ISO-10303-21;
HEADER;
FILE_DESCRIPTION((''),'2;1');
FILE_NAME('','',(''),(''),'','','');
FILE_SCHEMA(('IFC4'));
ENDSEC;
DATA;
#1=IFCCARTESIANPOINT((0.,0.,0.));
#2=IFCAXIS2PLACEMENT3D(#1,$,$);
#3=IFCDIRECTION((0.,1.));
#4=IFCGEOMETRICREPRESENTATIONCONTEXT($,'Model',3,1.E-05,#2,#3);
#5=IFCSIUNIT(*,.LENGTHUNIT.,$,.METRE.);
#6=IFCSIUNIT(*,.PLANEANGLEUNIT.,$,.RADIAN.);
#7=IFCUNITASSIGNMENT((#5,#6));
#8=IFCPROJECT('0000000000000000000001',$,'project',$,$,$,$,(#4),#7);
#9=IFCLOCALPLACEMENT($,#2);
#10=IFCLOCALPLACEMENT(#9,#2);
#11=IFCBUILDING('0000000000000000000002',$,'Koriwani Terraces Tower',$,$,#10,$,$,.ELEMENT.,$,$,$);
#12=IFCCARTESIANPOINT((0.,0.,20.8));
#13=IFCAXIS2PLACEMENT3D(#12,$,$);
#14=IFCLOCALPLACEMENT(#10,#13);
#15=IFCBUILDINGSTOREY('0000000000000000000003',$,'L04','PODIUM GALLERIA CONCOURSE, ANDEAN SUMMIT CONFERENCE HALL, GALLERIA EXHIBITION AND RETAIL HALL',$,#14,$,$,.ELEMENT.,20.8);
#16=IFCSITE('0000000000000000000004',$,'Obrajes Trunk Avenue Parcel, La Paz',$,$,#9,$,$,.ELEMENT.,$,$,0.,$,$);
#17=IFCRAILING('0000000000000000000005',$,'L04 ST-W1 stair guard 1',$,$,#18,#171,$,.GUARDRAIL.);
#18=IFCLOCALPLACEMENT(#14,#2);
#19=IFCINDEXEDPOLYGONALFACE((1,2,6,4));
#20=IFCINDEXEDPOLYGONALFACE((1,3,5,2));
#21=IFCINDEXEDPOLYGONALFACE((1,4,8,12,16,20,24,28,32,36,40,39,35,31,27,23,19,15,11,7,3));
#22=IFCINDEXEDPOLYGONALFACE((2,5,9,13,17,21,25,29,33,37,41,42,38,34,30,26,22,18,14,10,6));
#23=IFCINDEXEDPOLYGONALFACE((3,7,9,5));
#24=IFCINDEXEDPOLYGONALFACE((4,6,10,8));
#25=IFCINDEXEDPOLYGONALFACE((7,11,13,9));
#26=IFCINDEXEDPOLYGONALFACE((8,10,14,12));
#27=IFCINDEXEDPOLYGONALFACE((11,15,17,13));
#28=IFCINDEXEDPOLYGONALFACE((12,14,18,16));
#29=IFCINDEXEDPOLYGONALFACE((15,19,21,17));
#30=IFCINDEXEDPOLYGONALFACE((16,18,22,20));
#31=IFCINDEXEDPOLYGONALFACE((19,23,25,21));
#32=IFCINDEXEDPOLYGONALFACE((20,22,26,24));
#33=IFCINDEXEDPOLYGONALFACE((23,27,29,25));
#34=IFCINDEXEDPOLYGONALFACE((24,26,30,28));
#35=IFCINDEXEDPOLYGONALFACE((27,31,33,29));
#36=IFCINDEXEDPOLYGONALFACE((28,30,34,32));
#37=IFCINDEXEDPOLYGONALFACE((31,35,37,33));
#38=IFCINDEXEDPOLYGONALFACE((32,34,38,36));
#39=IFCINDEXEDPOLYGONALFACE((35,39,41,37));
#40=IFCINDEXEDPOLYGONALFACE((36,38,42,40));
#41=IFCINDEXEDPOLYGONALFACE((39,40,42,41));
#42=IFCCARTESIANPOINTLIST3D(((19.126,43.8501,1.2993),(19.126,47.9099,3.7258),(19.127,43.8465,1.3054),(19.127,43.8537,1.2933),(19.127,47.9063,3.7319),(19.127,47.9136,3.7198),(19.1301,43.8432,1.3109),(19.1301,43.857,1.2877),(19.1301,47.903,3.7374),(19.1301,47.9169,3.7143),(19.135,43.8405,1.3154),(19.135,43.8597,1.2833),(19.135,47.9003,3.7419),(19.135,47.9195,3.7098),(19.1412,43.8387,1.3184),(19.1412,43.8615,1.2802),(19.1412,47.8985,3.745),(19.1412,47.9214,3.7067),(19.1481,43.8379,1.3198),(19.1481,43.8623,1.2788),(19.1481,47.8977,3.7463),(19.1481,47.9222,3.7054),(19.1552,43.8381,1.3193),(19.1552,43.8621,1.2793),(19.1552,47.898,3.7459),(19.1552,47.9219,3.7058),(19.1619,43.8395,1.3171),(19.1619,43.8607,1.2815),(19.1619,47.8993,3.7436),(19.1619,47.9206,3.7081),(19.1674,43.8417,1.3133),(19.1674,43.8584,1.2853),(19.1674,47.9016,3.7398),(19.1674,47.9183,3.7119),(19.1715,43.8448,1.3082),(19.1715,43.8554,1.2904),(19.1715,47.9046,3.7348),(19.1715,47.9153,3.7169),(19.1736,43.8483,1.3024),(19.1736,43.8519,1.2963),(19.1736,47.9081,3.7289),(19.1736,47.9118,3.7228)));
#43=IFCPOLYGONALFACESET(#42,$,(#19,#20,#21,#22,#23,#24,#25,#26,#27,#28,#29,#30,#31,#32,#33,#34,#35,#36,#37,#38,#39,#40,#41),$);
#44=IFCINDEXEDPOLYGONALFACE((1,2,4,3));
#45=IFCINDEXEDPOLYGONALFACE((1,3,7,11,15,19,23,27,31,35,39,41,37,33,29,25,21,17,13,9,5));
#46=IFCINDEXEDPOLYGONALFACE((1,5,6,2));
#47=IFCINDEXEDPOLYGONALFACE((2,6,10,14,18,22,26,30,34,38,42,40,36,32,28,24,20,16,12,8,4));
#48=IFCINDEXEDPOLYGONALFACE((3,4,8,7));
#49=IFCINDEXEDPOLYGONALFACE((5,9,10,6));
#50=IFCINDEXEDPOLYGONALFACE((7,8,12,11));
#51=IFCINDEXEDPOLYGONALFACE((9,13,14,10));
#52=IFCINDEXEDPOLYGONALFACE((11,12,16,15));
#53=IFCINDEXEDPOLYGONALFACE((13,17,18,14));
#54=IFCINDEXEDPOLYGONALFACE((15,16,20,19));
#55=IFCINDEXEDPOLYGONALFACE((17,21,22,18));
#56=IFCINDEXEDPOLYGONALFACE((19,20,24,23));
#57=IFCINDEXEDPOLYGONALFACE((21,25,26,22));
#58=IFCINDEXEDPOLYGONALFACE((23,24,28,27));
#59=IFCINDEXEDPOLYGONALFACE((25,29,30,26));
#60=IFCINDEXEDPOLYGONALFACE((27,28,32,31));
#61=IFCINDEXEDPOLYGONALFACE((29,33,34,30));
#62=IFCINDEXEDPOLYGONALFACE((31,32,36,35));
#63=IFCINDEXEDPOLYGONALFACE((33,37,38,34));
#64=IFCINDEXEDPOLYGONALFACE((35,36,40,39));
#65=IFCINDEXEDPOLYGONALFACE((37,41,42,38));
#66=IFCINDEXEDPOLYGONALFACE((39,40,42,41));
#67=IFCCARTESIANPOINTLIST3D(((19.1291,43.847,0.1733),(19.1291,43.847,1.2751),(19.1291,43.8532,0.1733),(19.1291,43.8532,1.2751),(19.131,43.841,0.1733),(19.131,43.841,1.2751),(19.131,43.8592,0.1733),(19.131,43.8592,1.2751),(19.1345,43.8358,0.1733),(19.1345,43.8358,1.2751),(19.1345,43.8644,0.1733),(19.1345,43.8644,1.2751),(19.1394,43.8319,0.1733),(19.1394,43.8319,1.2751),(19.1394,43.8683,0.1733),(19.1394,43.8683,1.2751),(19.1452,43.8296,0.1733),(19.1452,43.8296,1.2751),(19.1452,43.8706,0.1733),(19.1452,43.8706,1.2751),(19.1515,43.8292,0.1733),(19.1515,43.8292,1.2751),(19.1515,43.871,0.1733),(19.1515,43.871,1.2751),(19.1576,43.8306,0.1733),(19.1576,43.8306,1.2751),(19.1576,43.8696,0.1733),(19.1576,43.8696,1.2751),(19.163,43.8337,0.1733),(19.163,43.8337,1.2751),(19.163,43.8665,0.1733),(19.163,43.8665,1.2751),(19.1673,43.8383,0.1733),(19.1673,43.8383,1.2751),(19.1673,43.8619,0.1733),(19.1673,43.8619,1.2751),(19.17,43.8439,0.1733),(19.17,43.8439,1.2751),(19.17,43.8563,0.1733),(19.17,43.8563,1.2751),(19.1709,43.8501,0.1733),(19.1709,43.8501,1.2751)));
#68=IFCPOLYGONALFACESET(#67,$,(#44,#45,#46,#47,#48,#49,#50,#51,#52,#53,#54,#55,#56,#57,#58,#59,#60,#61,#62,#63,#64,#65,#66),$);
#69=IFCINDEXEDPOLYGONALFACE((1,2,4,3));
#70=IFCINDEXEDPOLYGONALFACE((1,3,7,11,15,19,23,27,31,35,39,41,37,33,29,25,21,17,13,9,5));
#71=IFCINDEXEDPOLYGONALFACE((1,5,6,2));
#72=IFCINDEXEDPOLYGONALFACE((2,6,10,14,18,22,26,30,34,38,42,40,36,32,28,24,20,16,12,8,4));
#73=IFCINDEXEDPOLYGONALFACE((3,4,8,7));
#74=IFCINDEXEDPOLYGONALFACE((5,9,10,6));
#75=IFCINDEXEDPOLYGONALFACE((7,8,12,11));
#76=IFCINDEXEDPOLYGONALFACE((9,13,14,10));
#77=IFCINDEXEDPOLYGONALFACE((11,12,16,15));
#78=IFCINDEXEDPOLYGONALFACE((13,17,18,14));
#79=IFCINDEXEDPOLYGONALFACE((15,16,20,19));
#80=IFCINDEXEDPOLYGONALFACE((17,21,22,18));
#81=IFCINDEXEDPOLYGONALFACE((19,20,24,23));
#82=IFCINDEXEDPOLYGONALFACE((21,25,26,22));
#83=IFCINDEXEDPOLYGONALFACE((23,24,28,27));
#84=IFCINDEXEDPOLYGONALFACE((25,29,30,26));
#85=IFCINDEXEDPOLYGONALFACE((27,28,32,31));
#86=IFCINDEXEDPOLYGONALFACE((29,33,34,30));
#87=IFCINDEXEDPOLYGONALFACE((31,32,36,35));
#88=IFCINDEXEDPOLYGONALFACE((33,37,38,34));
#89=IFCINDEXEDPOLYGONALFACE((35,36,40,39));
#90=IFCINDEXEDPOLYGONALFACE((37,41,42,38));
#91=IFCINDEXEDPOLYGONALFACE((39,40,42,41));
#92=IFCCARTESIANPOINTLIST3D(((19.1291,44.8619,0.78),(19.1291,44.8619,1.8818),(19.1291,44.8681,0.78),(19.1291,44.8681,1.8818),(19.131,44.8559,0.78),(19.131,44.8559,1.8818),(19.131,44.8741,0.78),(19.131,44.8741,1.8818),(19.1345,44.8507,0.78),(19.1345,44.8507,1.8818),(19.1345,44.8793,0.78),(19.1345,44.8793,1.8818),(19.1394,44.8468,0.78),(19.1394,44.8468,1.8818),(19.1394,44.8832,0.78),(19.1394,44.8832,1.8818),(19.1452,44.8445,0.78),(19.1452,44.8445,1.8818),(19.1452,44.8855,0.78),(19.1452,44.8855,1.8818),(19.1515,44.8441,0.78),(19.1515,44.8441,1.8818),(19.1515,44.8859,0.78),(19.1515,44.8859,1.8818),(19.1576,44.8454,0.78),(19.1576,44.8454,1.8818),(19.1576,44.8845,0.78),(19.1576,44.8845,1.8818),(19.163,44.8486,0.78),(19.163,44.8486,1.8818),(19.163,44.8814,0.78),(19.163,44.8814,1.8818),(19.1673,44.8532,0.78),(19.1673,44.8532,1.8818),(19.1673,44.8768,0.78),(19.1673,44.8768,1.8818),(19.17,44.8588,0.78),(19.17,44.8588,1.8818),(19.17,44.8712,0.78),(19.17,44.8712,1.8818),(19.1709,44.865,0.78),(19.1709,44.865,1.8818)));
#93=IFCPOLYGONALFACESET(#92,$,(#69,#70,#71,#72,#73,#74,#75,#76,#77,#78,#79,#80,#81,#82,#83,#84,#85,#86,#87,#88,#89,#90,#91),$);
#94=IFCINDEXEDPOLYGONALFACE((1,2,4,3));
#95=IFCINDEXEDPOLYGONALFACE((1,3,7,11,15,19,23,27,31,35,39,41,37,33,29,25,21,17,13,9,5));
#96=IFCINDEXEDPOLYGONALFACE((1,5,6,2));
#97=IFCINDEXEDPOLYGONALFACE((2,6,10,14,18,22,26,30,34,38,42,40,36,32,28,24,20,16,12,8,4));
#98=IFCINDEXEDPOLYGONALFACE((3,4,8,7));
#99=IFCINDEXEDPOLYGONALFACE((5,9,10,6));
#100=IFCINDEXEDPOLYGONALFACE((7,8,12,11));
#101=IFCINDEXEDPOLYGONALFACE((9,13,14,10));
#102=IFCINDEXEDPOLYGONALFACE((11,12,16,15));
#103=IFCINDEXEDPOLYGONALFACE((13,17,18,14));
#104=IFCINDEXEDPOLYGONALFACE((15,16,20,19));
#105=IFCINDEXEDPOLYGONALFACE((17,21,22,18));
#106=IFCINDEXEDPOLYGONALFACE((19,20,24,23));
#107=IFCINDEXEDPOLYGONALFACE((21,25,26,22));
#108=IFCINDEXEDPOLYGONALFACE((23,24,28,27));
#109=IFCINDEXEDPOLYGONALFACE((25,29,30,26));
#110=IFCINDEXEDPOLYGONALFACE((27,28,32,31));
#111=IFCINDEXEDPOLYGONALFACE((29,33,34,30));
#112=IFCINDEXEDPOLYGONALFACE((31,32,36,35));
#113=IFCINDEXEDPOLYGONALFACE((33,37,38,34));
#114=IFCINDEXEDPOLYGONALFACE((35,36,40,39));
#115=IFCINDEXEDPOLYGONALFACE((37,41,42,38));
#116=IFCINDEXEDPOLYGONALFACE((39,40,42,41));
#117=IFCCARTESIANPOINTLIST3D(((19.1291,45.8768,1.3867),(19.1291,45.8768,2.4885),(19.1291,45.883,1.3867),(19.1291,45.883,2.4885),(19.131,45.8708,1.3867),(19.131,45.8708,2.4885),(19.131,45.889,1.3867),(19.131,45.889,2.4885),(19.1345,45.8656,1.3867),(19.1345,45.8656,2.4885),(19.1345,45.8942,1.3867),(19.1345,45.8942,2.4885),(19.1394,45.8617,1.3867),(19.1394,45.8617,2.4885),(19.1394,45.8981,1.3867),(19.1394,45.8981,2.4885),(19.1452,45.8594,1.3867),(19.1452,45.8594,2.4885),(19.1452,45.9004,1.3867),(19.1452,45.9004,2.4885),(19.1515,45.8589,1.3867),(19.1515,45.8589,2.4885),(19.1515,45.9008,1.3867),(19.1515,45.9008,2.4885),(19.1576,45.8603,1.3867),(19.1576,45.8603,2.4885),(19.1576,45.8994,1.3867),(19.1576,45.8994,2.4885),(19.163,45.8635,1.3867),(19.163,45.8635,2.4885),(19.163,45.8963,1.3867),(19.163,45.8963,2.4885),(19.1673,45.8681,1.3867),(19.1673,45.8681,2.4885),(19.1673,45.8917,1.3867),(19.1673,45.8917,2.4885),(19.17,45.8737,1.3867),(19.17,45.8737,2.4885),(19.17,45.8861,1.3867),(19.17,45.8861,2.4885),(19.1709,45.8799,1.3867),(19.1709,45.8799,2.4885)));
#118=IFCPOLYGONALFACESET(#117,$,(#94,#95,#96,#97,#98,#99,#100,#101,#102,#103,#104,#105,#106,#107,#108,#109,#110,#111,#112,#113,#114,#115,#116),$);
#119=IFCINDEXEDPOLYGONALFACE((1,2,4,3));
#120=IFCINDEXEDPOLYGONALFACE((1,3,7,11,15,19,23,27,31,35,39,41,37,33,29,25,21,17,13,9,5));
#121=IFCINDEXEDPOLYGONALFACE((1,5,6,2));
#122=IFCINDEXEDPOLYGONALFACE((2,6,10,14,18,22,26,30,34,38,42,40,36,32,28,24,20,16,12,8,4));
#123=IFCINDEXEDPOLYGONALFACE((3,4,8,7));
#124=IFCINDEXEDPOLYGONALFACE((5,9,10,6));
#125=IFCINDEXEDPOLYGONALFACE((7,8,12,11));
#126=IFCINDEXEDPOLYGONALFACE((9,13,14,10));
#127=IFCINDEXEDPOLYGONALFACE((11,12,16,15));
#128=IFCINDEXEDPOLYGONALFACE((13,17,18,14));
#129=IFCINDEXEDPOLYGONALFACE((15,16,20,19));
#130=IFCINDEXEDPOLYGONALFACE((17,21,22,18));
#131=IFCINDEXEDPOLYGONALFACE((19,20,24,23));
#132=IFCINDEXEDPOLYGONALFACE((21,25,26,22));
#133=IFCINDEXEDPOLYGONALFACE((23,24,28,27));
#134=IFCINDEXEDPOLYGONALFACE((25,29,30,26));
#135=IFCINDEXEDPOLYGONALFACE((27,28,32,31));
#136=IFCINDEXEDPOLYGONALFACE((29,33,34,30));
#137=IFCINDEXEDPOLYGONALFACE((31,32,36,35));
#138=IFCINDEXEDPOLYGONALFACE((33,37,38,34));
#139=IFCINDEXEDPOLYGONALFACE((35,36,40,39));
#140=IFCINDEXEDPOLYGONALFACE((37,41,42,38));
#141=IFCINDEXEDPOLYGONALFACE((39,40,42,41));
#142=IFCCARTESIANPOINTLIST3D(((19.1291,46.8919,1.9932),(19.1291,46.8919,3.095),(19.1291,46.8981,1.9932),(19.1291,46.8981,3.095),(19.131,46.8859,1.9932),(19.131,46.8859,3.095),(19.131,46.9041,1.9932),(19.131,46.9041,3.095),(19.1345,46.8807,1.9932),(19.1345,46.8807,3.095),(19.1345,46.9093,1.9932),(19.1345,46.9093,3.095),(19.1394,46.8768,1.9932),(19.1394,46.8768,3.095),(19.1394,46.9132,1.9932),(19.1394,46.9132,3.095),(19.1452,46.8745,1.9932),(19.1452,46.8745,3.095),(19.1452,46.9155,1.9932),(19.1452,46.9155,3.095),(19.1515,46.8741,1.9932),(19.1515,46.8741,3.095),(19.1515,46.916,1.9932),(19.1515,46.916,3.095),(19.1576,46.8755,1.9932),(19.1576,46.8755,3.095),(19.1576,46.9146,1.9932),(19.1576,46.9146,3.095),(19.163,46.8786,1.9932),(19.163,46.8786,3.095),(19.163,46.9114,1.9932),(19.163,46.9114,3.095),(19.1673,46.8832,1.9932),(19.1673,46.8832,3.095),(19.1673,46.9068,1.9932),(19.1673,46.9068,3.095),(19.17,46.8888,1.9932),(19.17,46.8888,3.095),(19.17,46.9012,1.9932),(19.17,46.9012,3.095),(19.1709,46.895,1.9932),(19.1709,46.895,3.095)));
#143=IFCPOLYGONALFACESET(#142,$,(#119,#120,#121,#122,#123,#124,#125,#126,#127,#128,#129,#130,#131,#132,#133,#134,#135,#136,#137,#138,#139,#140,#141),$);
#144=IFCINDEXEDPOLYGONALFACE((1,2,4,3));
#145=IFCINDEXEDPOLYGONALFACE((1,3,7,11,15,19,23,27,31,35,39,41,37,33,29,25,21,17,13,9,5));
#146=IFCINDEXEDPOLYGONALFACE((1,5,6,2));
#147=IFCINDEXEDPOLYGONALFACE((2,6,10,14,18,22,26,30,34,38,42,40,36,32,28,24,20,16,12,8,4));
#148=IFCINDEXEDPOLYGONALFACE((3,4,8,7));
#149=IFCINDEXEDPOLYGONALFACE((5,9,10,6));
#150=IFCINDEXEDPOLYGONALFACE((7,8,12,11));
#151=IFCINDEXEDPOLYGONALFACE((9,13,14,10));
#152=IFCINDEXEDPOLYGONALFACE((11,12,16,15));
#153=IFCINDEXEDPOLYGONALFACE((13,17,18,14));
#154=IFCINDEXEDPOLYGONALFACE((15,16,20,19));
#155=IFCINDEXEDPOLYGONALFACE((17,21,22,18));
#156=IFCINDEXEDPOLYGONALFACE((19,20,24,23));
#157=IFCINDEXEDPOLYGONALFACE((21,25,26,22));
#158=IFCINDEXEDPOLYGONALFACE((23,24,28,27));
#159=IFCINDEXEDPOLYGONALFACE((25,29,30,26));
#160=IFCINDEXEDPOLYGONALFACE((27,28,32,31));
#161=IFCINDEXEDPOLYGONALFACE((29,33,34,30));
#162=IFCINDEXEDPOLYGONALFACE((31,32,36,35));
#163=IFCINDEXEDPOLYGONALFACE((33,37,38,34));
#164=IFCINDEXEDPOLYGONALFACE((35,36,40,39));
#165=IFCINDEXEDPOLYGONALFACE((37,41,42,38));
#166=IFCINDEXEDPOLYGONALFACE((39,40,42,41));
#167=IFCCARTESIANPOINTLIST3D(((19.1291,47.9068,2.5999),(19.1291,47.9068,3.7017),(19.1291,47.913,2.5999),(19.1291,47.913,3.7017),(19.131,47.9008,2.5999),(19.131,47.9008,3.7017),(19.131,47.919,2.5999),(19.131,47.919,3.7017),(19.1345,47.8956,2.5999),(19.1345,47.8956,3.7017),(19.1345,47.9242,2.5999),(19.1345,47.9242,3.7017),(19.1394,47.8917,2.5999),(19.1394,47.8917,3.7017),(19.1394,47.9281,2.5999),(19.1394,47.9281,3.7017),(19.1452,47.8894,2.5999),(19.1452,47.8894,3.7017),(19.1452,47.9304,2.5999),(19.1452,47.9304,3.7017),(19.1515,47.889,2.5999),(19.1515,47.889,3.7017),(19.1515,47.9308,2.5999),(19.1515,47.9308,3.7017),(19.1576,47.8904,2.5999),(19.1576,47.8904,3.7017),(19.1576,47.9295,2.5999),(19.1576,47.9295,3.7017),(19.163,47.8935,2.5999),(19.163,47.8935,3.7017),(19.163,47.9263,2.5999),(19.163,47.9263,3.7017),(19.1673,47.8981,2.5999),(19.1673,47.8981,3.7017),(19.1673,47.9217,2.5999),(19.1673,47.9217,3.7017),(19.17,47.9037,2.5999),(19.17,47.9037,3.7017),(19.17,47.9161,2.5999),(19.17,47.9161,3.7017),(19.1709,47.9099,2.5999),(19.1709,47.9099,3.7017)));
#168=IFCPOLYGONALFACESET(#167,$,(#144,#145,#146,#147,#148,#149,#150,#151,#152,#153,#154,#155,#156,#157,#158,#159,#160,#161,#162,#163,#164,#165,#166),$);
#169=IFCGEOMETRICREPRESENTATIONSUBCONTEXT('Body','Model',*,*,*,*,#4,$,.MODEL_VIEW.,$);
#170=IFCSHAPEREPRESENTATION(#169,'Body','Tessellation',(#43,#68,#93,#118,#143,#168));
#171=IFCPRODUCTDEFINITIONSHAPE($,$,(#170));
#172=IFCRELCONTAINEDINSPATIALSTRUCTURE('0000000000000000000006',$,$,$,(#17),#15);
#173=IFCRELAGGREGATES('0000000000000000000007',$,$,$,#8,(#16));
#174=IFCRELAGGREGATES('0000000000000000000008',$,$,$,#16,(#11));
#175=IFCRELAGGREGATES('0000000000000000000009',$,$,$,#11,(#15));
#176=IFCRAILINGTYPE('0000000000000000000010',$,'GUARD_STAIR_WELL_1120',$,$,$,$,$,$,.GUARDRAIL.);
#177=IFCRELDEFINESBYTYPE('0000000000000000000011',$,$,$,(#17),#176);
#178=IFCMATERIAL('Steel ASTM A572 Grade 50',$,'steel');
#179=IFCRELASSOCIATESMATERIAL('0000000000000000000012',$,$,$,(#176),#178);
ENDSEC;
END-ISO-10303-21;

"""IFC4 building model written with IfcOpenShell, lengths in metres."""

from ifc_helpers import new_model, si_unit, direction, frame, origin, origin_2d, place, context, subcontext, project, spatial, circle, extrude, material, type_object, element, save


model = new_model("IFC4")

# Units and contexts
model_context = context("Model", 3, precision=1e-05, world=origin(), true_north=direction((0.0, 1.0)))
body_context = subcontext(model_context, "Body", "Model", "MODEL_VIEW")
ifc_project = project(units=[si_unit("LENGTHUNIT", "METRE"), si_unit("PLANEANGLEUNIT", "RADIAN")], contexts=[model_context])

# Site, building, storey
site_placement = place(None, origin())
site = spatial("IfcSite", under=ifc_project, at=site_placement, Name="Obrajes Trunk Avenue Parcel, La Paz", CompositionType="ELEMENT", RefElevation=0.0)
building_placement = place(site_placement, origin())
building = spatial("IfcBuilding", under=site, at=building_placement, Name="Koriwani Terraces Tower", CompositionType="ELEMENT")
storey_placement = place(building_placement, frame((0.0, 0.0, 20.8)))
storey = spatial("IfcBuildingStorey", under=building, at=storey_placement, Name="L04", Description="PODIUM GALLERIA CONCOURSE, ANDEAN SUMMIT CONFERENCE HALL, GALLERIA EXHIBITION AND RETAIL HALL", CompositionType="ELEMENT", Elevation=20.8)

# Shared definitions
ifc_material_1 = material(Name="Steel ASTM A572 Grade 50", Category="steel")

# Railing
railing_type_1 = type_object("IfcRailingType", Name="GUARD_STAIR_WELL_1120", PredefinedType="GUARDRAIL", material=ifc_material_1)
railing_1_placement = place(storey_placement, frame((19.1499, 43.8501, 0.1733)))
element("IfcRailing", 1, at=railing_1_placement, inside=storey, type_object=railing_type_1, Name="L04 ST-W1 stair guard 1", PredefinedType="GUARDRAIL", context=body_context, shape_type="SweptSolid", body=[
    extrude(circle(Radius=0.0239, at=origin_2d()), frame((0.0, 0.0, 1.126), z_axis=(0.0, 0.858366, 0.513038), x_axis=(-1.0, 0.0, 0.0)), (0.0, 0.0, 1.0), 4.7297),
    extrude(circle(Radius=0.021, at=origin_2d()), origin(), (0.0, 0.0, 1.0), 1.1018),
    extrude(circle(Radius=0.021, at=origin_2d()), frame((0.0, 1.0149, 0.6067)), (0.0, 0.0, 1.0), 1.1018),
    extrude(circle(Radius=0.021, at=origin_2d()), frame((0.0, 2.0298, 1.2134)), (0.0, 0.0, 1.0), 1.1018),
    extrude(circle(Radius=0.021, at=origin_2d()), frame((0.0, 3.0449, 1.8198)), (0.0, 0.0, 1.0), 1.1018),
    extrude(circle(Radius=0.021, at=origin_2d()), frame((0.0, 4.0598, 2.4265)), (0.0, 0.0, 1.0), 1.1018),
])

save(model, "model.ifc")
